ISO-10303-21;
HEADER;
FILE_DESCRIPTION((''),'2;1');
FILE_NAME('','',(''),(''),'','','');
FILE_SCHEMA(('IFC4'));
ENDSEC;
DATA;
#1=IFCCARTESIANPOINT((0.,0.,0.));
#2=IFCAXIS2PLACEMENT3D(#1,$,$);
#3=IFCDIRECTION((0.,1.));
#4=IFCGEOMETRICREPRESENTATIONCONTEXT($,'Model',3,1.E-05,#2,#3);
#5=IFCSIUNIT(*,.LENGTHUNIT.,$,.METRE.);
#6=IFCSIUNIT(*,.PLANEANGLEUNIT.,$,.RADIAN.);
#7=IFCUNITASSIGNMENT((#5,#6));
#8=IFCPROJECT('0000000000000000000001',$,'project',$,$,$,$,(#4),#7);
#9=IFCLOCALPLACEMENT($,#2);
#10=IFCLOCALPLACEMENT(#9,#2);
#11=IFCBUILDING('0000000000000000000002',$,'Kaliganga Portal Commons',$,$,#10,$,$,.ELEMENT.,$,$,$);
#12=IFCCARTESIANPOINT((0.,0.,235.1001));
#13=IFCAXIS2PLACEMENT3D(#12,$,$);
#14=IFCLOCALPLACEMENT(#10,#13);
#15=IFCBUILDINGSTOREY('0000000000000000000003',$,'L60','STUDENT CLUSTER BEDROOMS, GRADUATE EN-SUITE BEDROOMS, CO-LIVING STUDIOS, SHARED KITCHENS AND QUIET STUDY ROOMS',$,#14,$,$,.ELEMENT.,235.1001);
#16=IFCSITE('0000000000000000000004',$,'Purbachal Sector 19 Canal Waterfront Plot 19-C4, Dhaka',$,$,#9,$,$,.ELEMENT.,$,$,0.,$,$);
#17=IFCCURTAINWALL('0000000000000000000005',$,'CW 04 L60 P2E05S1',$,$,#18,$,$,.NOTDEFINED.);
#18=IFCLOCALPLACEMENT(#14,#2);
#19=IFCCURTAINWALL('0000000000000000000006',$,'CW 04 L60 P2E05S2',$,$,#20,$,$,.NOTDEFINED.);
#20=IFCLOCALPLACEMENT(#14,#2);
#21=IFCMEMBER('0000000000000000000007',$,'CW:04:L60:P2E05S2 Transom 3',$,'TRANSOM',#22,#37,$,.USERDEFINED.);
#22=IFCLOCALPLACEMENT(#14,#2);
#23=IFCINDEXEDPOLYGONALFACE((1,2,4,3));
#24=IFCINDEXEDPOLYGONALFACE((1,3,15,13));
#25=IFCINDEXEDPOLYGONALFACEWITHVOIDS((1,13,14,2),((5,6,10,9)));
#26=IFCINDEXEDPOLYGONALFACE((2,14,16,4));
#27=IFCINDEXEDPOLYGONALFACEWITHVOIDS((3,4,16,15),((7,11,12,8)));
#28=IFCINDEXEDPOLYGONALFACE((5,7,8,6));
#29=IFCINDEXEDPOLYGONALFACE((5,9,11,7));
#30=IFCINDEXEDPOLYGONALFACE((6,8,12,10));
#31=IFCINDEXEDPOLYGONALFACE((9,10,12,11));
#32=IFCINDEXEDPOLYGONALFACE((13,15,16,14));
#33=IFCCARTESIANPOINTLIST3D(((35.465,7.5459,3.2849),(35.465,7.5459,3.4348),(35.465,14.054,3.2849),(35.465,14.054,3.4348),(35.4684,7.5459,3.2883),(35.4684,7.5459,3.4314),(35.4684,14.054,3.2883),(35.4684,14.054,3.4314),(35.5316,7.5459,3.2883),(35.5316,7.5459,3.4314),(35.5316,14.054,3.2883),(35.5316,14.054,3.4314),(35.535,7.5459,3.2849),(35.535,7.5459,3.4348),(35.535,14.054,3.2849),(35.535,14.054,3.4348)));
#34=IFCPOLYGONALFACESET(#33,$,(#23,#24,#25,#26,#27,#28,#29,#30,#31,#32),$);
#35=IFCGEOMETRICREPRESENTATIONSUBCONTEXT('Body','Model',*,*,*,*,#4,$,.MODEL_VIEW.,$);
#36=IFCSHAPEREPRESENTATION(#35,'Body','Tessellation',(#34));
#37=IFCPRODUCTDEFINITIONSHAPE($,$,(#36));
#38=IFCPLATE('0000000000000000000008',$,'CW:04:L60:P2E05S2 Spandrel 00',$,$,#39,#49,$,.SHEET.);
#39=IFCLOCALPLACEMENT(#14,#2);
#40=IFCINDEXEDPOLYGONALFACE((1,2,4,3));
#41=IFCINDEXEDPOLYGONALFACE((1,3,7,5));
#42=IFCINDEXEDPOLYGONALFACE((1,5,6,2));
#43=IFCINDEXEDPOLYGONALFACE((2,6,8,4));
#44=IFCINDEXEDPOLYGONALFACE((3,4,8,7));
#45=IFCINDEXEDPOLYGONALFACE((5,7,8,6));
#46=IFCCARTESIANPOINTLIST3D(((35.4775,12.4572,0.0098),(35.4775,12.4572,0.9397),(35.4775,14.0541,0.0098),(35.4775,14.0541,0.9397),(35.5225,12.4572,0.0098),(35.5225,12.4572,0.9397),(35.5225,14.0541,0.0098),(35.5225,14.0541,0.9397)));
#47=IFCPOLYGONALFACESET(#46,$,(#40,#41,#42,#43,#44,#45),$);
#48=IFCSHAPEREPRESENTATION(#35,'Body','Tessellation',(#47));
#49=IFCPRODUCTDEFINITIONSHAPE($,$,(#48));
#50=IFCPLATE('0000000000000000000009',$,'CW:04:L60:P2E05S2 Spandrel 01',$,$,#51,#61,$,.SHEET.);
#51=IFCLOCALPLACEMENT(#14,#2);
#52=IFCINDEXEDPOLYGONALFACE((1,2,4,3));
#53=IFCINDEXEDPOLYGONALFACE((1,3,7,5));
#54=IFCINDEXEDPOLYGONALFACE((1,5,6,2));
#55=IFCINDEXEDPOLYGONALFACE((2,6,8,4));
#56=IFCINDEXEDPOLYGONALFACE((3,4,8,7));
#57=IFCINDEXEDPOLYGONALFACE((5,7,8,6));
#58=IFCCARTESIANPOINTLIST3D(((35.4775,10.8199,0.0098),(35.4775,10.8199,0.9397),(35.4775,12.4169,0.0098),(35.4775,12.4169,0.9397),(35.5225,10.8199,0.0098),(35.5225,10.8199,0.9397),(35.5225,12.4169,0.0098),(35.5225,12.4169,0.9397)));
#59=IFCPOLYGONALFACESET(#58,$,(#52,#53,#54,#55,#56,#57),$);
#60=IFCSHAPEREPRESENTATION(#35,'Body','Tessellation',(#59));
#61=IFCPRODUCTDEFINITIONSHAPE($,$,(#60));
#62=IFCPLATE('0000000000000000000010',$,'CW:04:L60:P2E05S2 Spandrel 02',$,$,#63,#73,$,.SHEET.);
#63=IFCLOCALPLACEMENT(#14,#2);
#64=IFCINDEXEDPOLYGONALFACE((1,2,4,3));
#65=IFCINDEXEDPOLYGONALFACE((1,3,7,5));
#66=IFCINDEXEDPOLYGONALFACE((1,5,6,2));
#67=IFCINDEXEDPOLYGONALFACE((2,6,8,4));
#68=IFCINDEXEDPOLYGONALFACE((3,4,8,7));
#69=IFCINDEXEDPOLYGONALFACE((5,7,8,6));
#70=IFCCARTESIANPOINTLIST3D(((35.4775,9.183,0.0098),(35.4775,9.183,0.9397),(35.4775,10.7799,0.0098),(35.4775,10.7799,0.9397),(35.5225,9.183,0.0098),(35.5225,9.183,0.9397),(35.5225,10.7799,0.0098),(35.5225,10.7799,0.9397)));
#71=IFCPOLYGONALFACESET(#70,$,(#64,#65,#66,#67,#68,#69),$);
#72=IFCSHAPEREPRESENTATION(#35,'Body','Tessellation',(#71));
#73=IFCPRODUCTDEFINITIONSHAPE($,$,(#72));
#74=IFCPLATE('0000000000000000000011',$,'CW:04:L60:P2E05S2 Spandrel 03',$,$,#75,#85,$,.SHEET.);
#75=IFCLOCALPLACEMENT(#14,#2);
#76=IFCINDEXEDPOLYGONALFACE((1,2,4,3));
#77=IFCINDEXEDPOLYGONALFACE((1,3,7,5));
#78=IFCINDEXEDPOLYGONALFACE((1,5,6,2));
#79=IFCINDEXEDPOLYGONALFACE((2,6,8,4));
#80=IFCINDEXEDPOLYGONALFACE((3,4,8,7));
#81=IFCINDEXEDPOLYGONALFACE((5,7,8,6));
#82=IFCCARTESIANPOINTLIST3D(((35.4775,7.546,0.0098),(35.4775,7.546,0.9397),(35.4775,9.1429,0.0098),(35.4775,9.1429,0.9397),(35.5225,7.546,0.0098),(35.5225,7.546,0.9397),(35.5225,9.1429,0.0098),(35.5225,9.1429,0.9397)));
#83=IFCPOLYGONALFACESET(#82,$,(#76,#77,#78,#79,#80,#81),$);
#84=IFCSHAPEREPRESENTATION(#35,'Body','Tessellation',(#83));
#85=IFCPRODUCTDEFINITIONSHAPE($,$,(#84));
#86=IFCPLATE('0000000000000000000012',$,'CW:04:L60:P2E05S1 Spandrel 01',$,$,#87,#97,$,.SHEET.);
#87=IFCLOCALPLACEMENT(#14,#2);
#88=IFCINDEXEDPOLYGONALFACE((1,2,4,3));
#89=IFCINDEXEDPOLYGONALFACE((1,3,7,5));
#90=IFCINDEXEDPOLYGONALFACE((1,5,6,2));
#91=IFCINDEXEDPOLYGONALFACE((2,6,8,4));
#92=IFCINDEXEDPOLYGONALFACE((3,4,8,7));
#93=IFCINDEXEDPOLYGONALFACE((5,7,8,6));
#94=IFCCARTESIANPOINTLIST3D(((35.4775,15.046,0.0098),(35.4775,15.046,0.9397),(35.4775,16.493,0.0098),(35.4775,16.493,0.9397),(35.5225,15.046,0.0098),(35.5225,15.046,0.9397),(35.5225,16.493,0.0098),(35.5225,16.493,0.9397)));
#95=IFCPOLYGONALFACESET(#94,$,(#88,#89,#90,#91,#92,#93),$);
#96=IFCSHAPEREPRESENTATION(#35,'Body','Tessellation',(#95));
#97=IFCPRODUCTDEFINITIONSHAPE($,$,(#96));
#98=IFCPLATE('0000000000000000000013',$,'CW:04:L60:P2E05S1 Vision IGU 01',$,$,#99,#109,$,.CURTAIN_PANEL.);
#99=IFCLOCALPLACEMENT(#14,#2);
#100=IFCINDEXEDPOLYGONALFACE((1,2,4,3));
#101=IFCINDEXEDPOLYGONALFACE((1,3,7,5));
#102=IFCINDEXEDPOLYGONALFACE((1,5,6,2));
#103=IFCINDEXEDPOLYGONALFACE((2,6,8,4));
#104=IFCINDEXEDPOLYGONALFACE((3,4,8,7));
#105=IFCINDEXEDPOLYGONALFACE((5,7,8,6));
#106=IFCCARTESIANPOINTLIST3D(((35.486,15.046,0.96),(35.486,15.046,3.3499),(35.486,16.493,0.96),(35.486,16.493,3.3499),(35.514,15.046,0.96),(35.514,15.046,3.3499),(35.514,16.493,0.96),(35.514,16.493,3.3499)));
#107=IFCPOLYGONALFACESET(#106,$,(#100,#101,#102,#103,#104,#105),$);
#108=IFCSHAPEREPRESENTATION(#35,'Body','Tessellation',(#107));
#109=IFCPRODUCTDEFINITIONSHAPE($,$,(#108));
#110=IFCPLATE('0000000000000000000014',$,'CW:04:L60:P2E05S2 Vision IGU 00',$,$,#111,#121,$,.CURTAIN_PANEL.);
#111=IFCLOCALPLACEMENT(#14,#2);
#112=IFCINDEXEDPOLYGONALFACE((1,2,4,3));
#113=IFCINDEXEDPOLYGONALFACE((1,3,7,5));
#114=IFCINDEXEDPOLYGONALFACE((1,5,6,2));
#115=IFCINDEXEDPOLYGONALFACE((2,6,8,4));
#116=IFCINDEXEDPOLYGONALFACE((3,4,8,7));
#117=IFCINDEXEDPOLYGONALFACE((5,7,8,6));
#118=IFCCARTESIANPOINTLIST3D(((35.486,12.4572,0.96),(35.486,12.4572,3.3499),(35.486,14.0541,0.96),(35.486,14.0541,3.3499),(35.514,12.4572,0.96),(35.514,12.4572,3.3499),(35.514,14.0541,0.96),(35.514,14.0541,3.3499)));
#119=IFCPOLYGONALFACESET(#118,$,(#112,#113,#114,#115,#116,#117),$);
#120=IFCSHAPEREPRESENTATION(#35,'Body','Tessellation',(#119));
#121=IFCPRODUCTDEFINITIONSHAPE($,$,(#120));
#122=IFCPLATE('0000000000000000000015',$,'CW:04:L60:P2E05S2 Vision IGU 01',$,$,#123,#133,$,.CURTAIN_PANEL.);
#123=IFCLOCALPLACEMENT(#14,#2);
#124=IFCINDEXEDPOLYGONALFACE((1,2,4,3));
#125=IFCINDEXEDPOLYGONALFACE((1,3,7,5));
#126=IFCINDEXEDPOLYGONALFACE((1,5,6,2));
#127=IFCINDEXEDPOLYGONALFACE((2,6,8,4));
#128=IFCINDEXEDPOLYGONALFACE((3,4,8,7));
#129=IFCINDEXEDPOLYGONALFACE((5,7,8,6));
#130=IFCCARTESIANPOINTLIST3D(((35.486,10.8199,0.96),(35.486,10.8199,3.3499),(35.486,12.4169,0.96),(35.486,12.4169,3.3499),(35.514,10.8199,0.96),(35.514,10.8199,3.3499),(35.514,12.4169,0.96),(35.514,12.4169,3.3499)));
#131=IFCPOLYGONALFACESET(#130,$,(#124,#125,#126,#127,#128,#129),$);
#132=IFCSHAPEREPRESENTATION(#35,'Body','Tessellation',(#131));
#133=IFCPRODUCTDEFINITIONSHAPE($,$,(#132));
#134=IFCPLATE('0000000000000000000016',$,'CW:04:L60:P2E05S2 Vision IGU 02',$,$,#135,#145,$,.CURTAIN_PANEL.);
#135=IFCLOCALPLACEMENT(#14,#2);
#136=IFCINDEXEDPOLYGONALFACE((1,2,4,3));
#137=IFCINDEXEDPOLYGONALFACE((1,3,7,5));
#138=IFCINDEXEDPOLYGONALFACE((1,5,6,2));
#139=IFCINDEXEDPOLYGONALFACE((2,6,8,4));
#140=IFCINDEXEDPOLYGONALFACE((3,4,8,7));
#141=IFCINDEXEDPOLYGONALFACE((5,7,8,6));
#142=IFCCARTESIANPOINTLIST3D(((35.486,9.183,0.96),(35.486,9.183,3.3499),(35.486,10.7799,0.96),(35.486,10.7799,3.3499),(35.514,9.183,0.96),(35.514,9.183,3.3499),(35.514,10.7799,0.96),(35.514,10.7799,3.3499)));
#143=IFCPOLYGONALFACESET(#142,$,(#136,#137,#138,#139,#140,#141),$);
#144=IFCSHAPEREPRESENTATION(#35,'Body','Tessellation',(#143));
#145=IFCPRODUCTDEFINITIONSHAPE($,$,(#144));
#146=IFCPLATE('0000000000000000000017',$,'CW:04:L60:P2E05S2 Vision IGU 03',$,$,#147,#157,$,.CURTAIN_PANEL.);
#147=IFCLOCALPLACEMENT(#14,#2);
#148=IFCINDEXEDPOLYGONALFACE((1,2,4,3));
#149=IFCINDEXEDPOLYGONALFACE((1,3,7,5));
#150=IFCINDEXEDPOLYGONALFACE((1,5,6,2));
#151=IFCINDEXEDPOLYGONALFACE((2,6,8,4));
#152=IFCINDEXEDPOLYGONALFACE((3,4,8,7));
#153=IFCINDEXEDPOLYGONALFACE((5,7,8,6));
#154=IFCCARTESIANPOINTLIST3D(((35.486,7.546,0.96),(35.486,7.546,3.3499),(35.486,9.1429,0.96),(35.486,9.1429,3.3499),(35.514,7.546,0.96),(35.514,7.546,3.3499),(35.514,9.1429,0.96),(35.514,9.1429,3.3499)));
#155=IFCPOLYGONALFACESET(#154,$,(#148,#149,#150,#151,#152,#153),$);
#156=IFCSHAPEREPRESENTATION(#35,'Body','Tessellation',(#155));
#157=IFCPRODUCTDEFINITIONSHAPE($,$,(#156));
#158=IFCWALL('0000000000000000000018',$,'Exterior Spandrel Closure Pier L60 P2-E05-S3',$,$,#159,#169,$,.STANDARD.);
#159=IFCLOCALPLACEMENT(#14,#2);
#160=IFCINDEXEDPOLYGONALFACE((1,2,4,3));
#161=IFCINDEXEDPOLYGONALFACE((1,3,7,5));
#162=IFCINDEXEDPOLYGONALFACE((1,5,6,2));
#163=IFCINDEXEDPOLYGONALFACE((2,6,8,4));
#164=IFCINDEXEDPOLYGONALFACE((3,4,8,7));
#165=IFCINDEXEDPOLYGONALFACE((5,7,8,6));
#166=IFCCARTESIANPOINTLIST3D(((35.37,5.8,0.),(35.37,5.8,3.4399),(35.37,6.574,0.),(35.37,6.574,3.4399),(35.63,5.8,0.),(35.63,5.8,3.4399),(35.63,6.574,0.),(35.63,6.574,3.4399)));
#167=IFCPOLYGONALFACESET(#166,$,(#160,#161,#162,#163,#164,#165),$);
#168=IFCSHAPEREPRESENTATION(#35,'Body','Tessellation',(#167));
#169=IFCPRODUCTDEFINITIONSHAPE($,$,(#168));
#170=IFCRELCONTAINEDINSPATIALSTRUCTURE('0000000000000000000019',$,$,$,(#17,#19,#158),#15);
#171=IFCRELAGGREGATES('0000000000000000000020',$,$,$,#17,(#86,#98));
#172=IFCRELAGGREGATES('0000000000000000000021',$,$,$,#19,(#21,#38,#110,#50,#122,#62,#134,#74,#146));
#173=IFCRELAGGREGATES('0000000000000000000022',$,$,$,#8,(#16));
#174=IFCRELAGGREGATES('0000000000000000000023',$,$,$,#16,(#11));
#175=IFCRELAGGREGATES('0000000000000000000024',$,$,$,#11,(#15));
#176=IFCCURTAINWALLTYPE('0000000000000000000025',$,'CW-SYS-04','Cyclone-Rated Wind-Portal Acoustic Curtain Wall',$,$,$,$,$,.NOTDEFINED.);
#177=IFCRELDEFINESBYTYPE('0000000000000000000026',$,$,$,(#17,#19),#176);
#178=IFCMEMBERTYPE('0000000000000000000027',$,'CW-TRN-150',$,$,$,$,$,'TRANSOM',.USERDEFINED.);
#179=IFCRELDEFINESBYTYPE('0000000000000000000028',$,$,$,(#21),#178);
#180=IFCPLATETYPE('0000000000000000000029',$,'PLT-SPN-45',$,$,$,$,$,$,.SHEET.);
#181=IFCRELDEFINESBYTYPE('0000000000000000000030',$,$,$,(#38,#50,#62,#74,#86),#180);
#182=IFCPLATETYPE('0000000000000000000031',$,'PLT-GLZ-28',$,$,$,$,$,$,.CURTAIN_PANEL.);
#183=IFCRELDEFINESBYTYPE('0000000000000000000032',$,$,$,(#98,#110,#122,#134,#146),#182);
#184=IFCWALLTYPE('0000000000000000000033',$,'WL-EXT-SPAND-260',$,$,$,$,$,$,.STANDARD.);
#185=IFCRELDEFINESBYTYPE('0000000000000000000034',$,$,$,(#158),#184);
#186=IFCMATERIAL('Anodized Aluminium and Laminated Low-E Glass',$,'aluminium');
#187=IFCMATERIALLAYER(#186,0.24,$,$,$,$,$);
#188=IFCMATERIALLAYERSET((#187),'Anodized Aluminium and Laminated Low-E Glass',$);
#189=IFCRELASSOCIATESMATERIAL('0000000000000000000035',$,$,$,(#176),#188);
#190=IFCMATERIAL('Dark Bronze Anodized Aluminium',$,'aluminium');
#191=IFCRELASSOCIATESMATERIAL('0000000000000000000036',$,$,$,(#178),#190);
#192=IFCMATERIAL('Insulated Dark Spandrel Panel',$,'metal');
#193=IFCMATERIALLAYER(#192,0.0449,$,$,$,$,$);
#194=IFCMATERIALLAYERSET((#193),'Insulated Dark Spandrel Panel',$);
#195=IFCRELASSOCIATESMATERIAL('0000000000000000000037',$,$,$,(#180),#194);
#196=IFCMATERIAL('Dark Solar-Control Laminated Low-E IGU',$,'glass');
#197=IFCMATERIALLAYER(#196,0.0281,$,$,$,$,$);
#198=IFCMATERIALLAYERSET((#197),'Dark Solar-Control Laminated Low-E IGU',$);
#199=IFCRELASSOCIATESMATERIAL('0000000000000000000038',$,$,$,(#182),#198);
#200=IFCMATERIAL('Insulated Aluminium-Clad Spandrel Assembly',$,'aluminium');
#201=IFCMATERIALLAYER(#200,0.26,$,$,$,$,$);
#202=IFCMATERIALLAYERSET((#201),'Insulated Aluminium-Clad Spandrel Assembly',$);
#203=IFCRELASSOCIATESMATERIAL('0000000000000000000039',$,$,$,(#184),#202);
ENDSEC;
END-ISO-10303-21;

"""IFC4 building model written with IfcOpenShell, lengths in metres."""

from ifc_helpers import new_model, si_unit, direction, frame, frame_2d, origin, origin_2d, place, context, subcontext, project, spatial, rectangle, hollow_rectangle, extrude, source, transform, mapped, material, layer, layer_set, material_profile, profile_set, type_object, element, aggregate, save


model = new_model("IFC4")

# Units and contexts
model_context = context("Model", 3, precision=1e-05, world=origin(), true_north=direction((0.0, 1.0)))
body_context = subcontext(model_context, "Body", "Model", "MODEL_VIEW")
ifc_project = project(units=[si_unit("LENGTHUNIT", "METRE"), si_unit("PLANEANGLEUNIT", "RADIAN")], contexts=[model_context])

# Site, building, storey
site_placement = place(None, origin())
site = spatial("IfcSite", under=ifc_project, at=site_placement, Name="Purbachal Sector 19 Canal Waterfront Plot 19-C4, Dhaka", CompositionType="ELEMENT", RefElevation=0.0)
building_placement = place(site_placement, origin())
building = spatial("IfcBuilding", under=site, at=building_placement, Name="Kaliganga Portal Commons", CompositionType="ELEMENT")
storey_placement = place(building_placement, frame((0.0, 0.0, 235.1001)))
storey = spatial("IfcBuildingStorey", under=building, at=storey_placement, Name="L60", Description="STUDENT CLUSTER BEDROOMS, GRADUATE EN-SUITE BEDROOMS, CO-LIVING STUDIOS, SHARED KITCHENS AND QUIET STUDY ROOMS", CompositionType="ELEMENT", Elevation=235.1001)

# Curtain wall
ifc_material_1 = material(Name="Anodized Aluminium and Laminated Low-E Glass", Category="aluminium")
ifc_layer_1 = layer(ifc_material_1, 0.24)
ifc_layer_set_1 = layer_set([ifc_layer_1], Name="Anodized Aluminium and Laminated Low-E Glass")
curtain_wall_type = type_object("IfcCurtainWallType", Name="CW-SYS-04", Description="Cyclone-Rated Wind-Portal Acoustic Curtain Wall", PredefinedType="NOTDEFINED", material=ifc_layer_set_1)
curtain_wall_1_placement = place(storey_placement, origin())
curtain_wall_1 = element("IfcCurtainWall", 1, at=curtain_wall_1_placement, inside=storey, type_object=curtain_wall_type, Name="CW 04 L60 P2E05S1", PredefinedType="NOTDEFINED")
ifc_material_2 = material(Name="Dark Bronze Anodized Aluminium", Category="aluminium")

# Curtain wall, member, plates
curtain_wall_2_placement = place(storey_placement, origin())
curtain_wall_2 = element("IfcCurtainWall", 2, at=curtain_wall_2_placement, inside=storey, type_object=curtain_wall_type, Name="CW 04 L60 P2E05S2", PredefinedType="NOTDEFINED")
ifc_material_profile_1 = material_profile(ifc_material_2, hollow_rectangle(XDim=0.0701, YDim=0.1499, WallThickness=0.0034, at=origin_2d()), Name="ALU TRAN 70x150x3.5")
ifc_profile_set_1 = profile_set([ifc_material_profile_1], Name="Dark Bronze Anodized Aluminium")
member_type_1 = type_object("IfcMemberType", Name="CW-TRN-150", ElementType="TRANSOM", PredefinedType="USERDEFINED", material=ifc_profile_set_1)
shared_shape_1 = source(origin(), body_context, "Body", "SweptSolid", [
    extrude(hollow_rectangle(XDim=0.0701, YDim=0.1499, WallThickness=0.0034, at=origin_2d()), origin(), (0.0, 0.0, 1.0), 6.5081),
])
member_1_placement = place(storey_placement, frame((35.5, 14.054, 3.3599), z_axis=(0.0, -1.0, 0.0), x_axis=(1.0, 0.0, 0.0)))
member_1 = element("IfcMember", 3, at=member_1_placement, type_object=member_type_1, Name="CW:04:L60:P2E05S2 Transom 3", ObjectType="TRANSOM", PredefinedType="USERDEFINED", context=body_context, shape_type="MappedRepresentation", body=[
    mapped(shared_shape_1, transform((0.0, 0.0, 0.0), x_axis=(1.0, 0.0, 0.0), y_axis=(0.0, 1.0, 0.0), z_axis=(0.0, 0.0, 1.0), scale=1.0)),
])
ifc_material_3 = material(Name="Insulated Dark Spandrel Panel", Category="metal")
ifc_layer_2 = layer(ifc_material_3, 0.0449)
ifc_layer_set_2 = layer_set([ifc_layer_2], Name="Insulated Dark Spandrel Panel")
plate_type_1 = type_object("IfcPlateType", Name="PLT-SPN-45", PredefinedType="SHEET", material=ifc_layer_set_2)
shared_shape_2 = source(origin(), body_context, "Body", "SweptSolid", [
    extrude(rectangle(XDim=1.5969, YDim=0.0449, at=origin_2d()), origin(), (0.0, 0.0, 1.0), 0.9299),
])
plate_1_placement = place(storey_placement, frame((35.5, 13.2556, 0.0098), z_axis=(0.0, 0.0, 1.0), x_axis=(0.0, -1.0, 0.0)))
plate_1 = element("IfcPlate", 4, at=plate_1_placement, type_object=plate_type_1, Name="CW:04:L60:P2E05S2 Spandrel 00", PredefinedType="SHEET", context=body_context, shape_type="MappedRepresentation", body=[
    mapped(shared_shape_2, transform((0.0, 0.0, 0.0), x_axis=(1.0, 0.0, 0.0), y_axis=(0.0, 1.0, 0.0), z_axis=(0.0, 0.0, 1.0), scale=1.0)),
])
plate_2_placement = place(storey_placement, frame((35.5, 11.6184, 0.0098), z_axis=(0.0, 0.0, 1.0), x_axis=(0.0, -1.0, 0.0)))
plate_2 = element("IfcPlate", 5, at=plate_2_placement, type_object=plate_type_1, Name="CW:04:L60:P2E05S2 Spandrel 01", PredefinedType="SHEET", context=body_context, shape_type="MappedRepresentation", body=[
    mapped(shared_shape_2, transform((0.0, 0.0, 0.0), x_axis=(1.0, 0.0, 0.0), y_axis=(0.0, 1.0, 0.0), z_axis=(0.0, 0.0, 1.0), scale=1.0)),
])
plate_3_placement = place(storey_placement, frame((35.5, 9.9814, 0.0098), z_axis=(0.0, 0.0, 1.0), x_axis=(0.0, -1.0, 0.0)))
plate_3 = element("IfcPlate", 6, at=plate_3_placement, type_object=plate_type_1, Name="CW:04:L60:P2E05S2 Spandrel 02", PredefinedType="SHEET", context=body_context, shape_type="MappedRepresentation", body=[
    mapped(shared_shape_2, transform((0.0, 0.0, 0.0), x_axis=(1.0, 0.0, 0.0), y_axis=(0.0, 1.0, 0.0), z_axis=(0.0, 0.0, 1.0), scale=1.0)),
])
plate_4_placement = place(storey_placement, frame((35.5, 8.3445, 0.0098), z_axis=(0.0, 0.0, 1.0), x_axis=(0.0, -1.0, 0.0)))
plate_4 = element("IfcPlate", 7, at=plate_4_placement, type_object=plate_type_1, Name="CW:04:L60:P2E05S2 Spandrel 03", PredefinedType="SHEET", context=body_context, shape_type="MappedRepresentation", body=[
    mapped(shared_shape_2, transform((0.0, 0.0, 0.0), x_axis=(1.0, 0.0, 0.0), y_axis=(0.0, 1.0, 0.0), z_axis=(0.0, 0.0, 1.0), scale=1.0)),
])

# Plates
shared_shape_3 = source(origin(), body_context, "Body", "SweptSolid", [
    extrude(rectangle(XDim=1.447, YDim=0.0449, at=origin_2d()), origin(), (0.0, 0.0, 1.0), 0.9299),
])
plate_5_placement = place(storey_placement, frame((35.5, 15.7695, 0.0098), z_axis=(0.0, 0.0, 1.0), x_axis=(0.0, -1.0, 0.0)))
plate_5 = element("IfcPlate", 8, at=plate_5_placement, type_object=plate_type_1, Name="CW:04:L60:P2E05S1 Spandrel 01", PredefinedType="SHEET", context=body_context, shape_type="MappedRepresentation", body=[
    mapped(shared_shape_3, transform((0.0, 0.0, 0.0), x_axis=(1.0, 0.0, 0.0), y_axis=(0.0, 1.0, 0.0), z_axis=(0.0, 0.0, 1.0), scale=1.0)),
])
ifc_material_4 = material(Name="Dark Solar-Control Laminated Low-E IGU", Category="glass")
ifc_layer_3 = layer(ifc_material_4, 0.0281)
ifc_layer_set_3 = layer_set([ifc_layer_3], Name="Dark Solar-Control Laminated Low-E IGU")
plate_type_2 = type_object("IfcPlateType", Name="PLT-GLZ-28", PredefinedType="CURTAIN_PANEL", material=ifc_layer_set_3)
shared_shape_4 = source(origin(), body_context, "Body", "SweptSolid", [
    extrude(rectangle(XDim=1.447, YDim=0.0281, at=origin_2d()), origin(), (0.0, 0.0, 1.0), 2.3899),
])
plate_6_placement = place(storey_placement, frame((35.5, 15.7695, 0.96), z_axis=(0.0, 0.0, 1.0), x_axis=(0.0, -1.0, 0.0)))
plate_6 = element("IfcPlate", 9, at=plate_6_placement, type_object=plate_type_2, Name="CW:04:L60:P2E05S1 Vision IGU 01", PredefinedType="CURTAIN_PANEL", context=body_context, shape_type="MappedRepresentation", body=[
    mapped(shared_shape_4, transform((0.0, 0.0, 0.0), x_axis=(1.0, 0.0, 0.0), y_axis=(0.0, 1.0, 0.0), z_axis=(0.0, 0.0, 1.0), scale=1.0)),
])
aggregate(curtain_wall_1, [plate_5, plate_6])
shared_shape_5 = source(origin(), body_context, "Body", "SweptSolid", [
    extrude(rectangle(XDim=1.5969, YDim=0.0281, at=origin_2d()), origin(), (0.0, 0.0, 1.0), 2.3899),
])
plate_7_placement = place(storey_placement, frame((35.5, 13.2556, 0.96), z_axis=(0.0, 0.0, 1.0), x_axis=(0.0, -1.0, 0.0)))
plate_7 = element("IfcPlate", 10, at=plate_7_placement, type_object=plate_type_2, Name="CW:04:L60:P2E05S2 Vision IGU 00", PredefinedType="CURTAIN_PANEL", context=body_context, shape_type="MappedRepresentation", body=[
    mapped(shared_shape_5, transform((0.0, 0.0, 0.0), x_axis=(1.0, 0.0, 0.0), y_axis=(0.0, 1.0, 0.0), z_axis=(0.0, 0.0, 1.0), scale=1.0)),
])
plate_8_placement = place(storey_placement, frame((35.5, 11.6184, 0.96), z_axis=(0.0, 0.0, 1.0), x_axis=(0.0, -1.0, 0.0)))
plate_8 = element("IfcPlate", 11, at=plate_8_placement, type_object=plate_type_2, Name="CW:04:L60:P2E05S2 Vision IGU 01", PredefinedType="CURTAIN_PANEL", context=body_context, shape_type="MappedRepresentation", body=[
    mapped(shared_shape_5, transform((0.0, 0.0, 0.0), x_axis=(1.0, 0.0, 0.0), y_axis=(0.0, 1.0, 0.0), z_axis=(0.0, 0.0, 1.0), scale=1.0)),
])
plate_9_placement = place(storey_placement, frame((35.5, 9.9814, 0.96), z_axis=(0.0, 0.0, 1.0), x_axis=(0.0, -1.0, 0.0)))
plate_9 = element("IfcPlate", 12, at=plate_9_placement, type_object=plate_type_2, Name="CW:04:L60:P2E05S2 Vision IGU 02", PredefinedType="CURTAIN_PANEL", context=body_context, shape_type="MappedRepresentation", body=[
    mapped(shared_shape_5, transform((0.0, 0.0, 0.0), x_axis=(1.0, 0.0, 0.0), y_axis=(0.0, 1.0, 0.0), z_axis=(0.0, 0.0, 1.0), scale=1.0)),
])
plate_10_placement = place(storey_placement, frame((35.5, 8.3445, 0.96), z_axis=(0.0, 0.0, 1.0), x_axis=(0.0, -1.0, 0.0)))
plate_10 = element("IfcPlate", 13, at=plate_10_placement, type_object=plate_type_2, Name="CW:04:L60:P2E05S2 Vision IGU 03", PredefinedType="CURTAIN_PANEL", context=body_context, shape_type="MappedRepresentation", body=[
    mapped(shared_shape_5, transform((0.0, 0.0, 0.0), x_axis=(1.0, 0.0, 0.0), y_axis=(0.0, 1.0, 0.0), z_axis=(0.0, 0.0, 1.0), scale=1.0)),
])
aggregate(curtain_wall_2, [member_1, plate_1, plate_7, plate_2, plate_8, plate_3, plate_9, plate_4, plate_10])

# Wall
ifc_material_5 = material(Name="Insulated Aluminium-Clad Spandrel Assembly", Category="aluminium")
ifc_layer_4 = layer(ifc_material_5, 0.26)
ifc_layer_set_4 = layer_set([ifc_layer_4], Name="Insulated Aluminium-Clad Spandrel Assembly")
wall_type = type_object("IfcWallType", Name="WL-EXT-SPAND-260", PredefinedType="STANDARD", material=ifc_layer_set_4)
wall_placement = place(storey_placement, frame((35.5, 5.8, 0.0), z_axis=(0.0, 0.0, 1.0), x_axis=(0.0, 1.0, 0.0)))
element("IfcWall", 14, at=wall_placement, inside=storey, type_object=wall_type, Name="Exterior Spandrel Closure Pier L60 P2-E05-S3", PredefinedType="STANDARD", context=body_context, shape_type="SweptSolid", body=[
    extrude(rectangle(XDim=0.7739, YDim=0.26, at=frame_2d((0.387, 0.0))), origin(), (0.0, 0.0, 1.0), 3.4399),
])

save(model, "model.ifc")
